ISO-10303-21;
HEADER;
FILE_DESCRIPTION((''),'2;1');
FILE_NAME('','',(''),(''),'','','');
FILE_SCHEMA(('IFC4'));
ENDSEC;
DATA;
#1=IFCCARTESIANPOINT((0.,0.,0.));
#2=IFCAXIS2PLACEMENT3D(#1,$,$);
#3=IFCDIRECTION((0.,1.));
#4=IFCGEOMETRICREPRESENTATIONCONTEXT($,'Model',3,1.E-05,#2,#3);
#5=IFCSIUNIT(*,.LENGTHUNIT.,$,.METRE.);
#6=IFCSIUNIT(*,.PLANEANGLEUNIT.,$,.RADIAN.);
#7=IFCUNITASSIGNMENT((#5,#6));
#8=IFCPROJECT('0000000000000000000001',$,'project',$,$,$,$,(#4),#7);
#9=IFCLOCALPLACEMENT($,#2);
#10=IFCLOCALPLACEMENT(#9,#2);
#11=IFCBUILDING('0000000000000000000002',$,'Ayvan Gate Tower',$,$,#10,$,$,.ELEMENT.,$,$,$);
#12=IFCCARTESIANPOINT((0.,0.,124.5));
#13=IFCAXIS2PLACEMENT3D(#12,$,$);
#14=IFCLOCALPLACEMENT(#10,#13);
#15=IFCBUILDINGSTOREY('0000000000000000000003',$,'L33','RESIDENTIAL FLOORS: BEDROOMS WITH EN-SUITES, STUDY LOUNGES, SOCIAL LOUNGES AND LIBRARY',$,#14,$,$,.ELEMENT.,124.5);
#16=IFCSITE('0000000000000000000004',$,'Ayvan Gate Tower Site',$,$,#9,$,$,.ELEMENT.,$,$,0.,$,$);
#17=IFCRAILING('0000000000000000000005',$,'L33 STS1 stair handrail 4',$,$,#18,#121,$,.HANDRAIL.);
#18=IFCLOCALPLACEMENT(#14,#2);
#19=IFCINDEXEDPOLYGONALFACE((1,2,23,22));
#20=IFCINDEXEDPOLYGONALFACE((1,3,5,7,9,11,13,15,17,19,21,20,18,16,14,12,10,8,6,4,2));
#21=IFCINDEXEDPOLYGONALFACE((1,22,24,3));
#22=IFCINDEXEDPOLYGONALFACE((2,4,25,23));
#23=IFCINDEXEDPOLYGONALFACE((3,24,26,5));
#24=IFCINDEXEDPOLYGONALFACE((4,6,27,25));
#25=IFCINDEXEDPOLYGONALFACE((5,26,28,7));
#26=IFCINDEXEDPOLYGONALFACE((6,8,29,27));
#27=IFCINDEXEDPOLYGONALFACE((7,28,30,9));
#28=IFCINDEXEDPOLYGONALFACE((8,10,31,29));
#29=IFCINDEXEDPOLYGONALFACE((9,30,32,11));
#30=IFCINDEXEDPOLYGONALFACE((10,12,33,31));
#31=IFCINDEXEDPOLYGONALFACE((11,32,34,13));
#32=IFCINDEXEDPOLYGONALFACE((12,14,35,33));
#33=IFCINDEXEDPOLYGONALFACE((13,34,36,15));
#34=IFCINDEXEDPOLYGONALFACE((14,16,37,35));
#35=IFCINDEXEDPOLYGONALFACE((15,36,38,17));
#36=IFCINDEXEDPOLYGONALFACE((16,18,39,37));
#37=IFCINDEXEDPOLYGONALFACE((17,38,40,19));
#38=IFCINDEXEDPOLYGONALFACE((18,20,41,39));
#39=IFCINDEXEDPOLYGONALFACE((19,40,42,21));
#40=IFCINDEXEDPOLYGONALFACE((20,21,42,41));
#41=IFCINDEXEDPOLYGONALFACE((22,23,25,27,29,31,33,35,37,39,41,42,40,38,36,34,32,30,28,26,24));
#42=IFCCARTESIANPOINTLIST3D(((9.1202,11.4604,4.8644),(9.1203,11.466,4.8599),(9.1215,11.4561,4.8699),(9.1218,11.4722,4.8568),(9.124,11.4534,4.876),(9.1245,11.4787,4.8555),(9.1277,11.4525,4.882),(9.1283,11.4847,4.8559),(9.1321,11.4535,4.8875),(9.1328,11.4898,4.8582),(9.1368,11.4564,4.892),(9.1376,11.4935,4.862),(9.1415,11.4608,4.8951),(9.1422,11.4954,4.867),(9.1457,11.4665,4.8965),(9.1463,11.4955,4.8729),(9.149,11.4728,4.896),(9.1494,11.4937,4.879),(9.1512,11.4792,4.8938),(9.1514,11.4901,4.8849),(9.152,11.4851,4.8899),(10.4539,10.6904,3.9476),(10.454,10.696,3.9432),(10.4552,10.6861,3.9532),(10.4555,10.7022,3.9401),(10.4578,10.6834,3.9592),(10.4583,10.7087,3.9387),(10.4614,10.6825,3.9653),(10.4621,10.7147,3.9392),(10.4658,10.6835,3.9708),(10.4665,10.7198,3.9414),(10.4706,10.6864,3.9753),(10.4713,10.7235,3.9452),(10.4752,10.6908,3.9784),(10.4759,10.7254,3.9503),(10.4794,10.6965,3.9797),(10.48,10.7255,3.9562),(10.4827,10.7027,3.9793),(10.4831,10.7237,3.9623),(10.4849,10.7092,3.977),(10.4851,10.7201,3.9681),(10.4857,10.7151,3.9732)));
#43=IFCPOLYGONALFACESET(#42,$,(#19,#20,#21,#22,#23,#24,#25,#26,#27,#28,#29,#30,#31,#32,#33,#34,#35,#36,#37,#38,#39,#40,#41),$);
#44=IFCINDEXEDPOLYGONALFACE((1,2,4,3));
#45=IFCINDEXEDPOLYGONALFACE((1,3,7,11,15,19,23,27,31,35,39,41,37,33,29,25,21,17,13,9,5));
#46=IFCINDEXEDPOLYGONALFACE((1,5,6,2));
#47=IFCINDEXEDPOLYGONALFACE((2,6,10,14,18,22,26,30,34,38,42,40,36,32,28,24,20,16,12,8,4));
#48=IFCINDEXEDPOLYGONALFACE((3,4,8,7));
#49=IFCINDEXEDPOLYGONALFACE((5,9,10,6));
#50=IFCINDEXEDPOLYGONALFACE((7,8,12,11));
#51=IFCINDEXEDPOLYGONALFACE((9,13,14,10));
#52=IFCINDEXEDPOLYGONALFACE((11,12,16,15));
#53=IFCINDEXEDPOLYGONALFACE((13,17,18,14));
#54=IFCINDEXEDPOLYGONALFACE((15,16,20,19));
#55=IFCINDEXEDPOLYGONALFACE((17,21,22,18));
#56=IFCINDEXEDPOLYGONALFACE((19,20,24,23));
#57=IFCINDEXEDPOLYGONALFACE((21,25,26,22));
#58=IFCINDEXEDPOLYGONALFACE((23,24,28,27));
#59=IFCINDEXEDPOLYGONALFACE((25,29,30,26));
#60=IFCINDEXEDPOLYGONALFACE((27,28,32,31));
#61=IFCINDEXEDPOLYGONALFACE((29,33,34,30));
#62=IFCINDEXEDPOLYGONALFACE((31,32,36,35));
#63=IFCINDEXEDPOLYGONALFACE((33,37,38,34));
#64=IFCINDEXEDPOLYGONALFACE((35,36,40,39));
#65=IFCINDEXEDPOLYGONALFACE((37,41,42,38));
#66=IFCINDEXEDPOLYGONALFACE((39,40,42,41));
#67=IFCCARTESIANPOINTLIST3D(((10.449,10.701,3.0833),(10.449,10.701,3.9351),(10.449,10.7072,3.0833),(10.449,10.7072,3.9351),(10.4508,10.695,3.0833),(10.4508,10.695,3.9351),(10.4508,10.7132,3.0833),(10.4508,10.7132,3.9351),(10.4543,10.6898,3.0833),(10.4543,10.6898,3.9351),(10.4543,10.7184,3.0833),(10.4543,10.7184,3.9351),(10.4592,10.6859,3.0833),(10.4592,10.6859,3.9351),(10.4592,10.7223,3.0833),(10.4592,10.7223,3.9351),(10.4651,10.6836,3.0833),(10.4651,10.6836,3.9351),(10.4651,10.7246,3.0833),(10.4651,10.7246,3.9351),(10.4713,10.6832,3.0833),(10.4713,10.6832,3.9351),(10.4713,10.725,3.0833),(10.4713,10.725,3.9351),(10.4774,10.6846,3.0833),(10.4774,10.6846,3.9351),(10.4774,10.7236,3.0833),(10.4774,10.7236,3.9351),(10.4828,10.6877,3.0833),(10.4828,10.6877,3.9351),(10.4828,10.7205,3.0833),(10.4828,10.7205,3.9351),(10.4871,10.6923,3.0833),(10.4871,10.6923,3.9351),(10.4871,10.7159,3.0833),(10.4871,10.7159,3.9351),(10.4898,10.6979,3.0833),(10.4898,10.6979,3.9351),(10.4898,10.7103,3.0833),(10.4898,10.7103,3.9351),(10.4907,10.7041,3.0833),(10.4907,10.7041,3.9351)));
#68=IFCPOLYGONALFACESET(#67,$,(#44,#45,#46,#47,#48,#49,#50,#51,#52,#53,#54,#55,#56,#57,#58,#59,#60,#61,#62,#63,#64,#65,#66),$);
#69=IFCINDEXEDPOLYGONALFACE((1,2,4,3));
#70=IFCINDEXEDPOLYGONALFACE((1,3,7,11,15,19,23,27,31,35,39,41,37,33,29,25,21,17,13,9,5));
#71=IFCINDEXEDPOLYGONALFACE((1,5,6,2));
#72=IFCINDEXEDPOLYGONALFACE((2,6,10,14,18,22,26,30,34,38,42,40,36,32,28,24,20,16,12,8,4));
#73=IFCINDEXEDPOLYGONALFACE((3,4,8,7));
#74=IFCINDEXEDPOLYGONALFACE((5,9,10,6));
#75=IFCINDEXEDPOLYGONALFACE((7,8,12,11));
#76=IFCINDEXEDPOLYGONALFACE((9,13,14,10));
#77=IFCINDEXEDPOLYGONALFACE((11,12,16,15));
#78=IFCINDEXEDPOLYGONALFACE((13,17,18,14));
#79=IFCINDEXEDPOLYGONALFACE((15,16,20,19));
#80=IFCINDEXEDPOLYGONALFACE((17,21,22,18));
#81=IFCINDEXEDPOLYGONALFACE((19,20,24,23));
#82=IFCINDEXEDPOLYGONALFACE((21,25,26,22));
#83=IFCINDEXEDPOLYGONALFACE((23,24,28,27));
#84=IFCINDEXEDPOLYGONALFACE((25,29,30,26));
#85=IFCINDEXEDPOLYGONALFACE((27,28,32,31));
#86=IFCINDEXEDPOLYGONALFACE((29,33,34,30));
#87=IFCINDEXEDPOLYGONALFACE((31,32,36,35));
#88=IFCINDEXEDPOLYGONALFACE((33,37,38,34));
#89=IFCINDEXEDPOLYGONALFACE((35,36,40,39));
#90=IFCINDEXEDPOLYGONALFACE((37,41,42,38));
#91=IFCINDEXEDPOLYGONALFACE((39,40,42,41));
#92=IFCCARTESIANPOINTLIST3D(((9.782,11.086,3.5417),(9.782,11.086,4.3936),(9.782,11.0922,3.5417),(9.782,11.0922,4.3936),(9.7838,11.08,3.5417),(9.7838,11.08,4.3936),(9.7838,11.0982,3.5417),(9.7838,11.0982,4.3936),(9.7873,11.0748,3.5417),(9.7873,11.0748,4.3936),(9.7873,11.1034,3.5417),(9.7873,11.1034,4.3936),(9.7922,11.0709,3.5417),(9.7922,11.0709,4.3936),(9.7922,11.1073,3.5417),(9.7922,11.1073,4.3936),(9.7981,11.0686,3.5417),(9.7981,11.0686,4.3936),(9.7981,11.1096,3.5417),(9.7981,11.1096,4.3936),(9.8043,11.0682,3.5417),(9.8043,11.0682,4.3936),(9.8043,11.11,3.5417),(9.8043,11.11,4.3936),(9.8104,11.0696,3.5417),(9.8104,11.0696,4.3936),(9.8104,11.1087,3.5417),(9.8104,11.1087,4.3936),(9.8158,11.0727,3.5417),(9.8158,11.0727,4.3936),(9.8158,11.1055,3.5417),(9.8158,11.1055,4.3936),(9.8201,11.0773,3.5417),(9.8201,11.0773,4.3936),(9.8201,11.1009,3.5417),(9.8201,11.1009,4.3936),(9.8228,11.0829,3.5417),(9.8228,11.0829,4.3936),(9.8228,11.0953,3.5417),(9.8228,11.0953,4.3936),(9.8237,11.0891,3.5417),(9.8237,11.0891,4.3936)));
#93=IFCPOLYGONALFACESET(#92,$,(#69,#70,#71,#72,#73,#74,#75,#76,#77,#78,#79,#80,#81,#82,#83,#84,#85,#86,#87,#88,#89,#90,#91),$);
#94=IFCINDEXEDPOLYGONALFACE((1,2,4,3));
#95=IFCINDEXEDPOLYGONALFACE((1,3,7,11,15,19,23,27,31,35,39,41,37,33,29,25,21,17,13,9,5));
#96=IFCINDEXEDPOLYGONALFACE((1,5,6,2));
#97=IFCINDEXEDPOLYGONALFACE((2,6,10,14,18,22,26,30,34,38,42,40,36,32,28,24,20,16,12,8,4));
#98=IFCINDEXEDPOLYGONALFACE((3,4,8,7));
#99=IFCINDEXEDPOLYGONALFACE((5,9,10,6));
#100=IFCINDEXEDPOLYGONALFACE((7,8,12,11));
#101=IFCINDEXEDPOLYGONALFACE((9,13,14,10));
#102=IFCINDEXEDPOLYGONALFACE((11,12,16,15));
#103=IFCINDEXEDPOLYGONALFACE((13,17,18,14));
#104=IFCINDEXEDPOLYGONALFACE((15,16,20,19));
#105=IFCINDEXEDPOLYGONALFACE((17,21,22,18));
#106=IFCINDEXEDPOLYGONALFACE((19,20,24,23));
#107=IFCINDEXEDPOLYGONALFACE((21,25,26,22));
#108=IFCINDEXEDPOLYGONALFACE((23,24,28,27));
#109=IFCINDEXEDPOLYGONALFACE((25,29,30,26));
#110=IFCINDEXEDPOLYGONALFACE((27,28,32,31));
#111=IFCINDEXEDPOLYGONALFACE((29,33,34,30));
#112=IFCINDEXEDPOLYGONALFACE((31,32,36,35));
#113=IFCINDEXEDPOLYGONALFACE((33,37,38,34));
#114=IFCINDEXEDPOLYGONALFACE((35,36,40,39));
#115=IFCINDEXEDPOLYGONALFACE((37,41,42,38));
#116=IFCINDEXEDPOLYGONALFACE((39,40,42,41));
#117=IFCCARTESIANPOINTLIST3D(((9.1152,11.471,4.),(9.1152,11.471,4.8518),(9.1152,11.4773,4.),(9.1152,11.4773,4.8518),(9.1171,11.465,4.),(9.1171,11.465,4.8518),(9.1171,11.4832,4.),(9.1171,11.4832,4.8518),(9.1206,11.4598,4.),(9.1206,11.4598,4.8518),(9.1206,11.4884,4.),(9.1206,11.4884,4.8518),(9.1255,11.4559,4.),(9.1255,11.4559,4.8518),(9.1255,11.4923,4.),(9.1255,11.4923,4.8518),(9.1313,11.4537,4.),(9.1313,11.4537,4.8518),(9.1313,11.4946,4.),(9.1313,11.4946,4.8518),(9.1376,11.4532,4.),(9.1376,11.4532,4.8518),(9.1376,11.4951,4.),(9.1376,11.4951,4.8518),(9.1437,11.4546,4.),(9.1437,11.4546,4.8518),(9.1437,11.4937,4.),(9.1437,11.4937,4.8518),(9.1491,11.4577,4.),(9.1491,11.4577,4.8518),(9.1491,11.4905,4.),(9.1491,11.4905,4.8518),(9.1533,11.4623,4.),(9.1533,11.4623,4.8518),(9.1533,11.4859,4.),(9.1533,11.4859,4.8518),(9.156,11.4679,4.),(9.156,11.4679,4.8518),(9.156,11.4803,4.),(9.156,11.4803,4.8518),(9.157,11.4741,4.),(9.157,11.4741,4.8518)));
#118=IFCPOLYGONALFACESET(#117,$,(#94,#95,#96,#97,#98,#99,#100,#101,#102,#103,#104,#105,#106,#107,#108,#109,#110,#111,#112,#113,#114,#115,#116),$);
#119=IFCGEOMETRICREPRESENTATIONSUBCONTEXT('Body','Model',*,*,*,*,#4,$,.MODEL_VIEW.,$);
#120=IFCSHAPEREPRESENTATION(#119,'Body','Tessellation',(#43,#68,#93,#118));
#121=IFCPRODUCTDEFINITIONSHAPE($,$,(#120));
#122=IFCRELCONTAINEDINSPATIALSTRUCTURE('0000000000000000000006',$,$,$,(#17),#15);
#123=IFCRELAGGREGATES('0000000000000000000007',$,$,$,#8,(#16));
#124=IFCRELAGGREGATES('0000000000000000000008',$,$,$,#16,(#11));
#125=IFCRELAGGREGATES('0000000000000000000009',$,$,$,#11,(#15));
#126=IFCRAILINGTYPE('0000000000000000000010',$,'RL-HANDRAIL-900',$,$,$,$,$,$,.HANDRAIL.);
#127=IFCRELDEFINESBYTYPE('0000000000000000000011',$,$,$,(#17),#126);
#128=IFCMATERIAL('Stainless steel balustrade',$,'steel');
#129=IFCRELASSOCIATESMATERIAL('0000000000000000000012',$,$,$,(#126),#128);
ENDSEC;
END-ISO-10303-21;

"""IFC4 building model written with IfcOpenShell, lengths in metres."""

from ifc_helpers import new_model, si_unit, direction, frame, origin, origin_2d, place, context, subcontext, project, spatial, circle, extrude, material, type_object, element, save


model = new_model("IFC4")

# Units and contexts
model_context = context("Model", 3, precision=1e-05, world=origin(), true_north=direction((0.0, 1.0)))
body_context = subcontext(model_context, "Body", "Model", "MODEL_VIEW")
ifc_project = project(units=[si_unit("LENGTHUNIT", "METRE"), si_unit("PLANEANGLEUNIT", "RADIAN")], contexts=[model_context])

# Site, building, storey
site_placement = place(None, origin())
site = spatial("IfcSite", under=ifc_project, at=site_placement, Name="Ayvan Gate Tower Site", CompositionType="ELEMENT", RefElevation=0.0)
building_placement = place(site_placement, origin())
building = spatial("IfcBuilding", under=site, at=building_placement, Name="Ayvan Gate Tower", CompositionType="ELEMENT")
storey_placement = place(building_placement, frame((0.0, 0.0, 124.5)))
storey = spatial("IfcBuildingStorey", under=building, at=storey_placement, Name="L33", Description="RESIDENTIAL FLOORS: BEDROOMS WITH EN-SUITES, STUDY LOUNGES, SOCIAL LOUNGES AND LIBRARY", CompositionType="ELEMENT", Elevation=124.5)

# Railing
ifc_material_1 = material(Name="Stainless steel balustrade", Category="steel")
railing_type_1 = type_object("IfcRailingType", Name="RL-HANDRAIL-900", PredefinedType="HANDRAIL", material=ifc_material_1)
railing_1_placement = place(storey_placement, frame((10.4697, 10.7041, 3.0833)))
element("IfcRailing", 1, at=railing_1_placement, inside=storey, type_object=railing_type_1, Name="L33 STS1 stair handrail 4", PredefinedType="HANDRAIL", context=body_context, shape_type="SweptSolid", body=[
    extrude(circle(Radius=0.0239, at=origin_2d()), frame((0.0, 0.0, 0.876), z_axis=(-0.744164, 0.429634, 0.511502), x_axis=(-0.499992, -0.86603, 0.0)), (0.0, 0.0, 1.0), 1.7922),
    extrude(circle(Radius=0.021, at=origin_2d()), origin(), (0.0, 0.0, 1.0), 0.8518),
    extrude(circle(Radius=0.021, at=origin_2d()), frame((-0.667, 0.385, 0.4585)), (0.0, 0.0, 1.0), 0.8518),
    extrude(circle(Radius=0.021, at=origin_2d()), frame((-1.3337, 0.77, 0.9167)), (0.0, 0.0, 1.0), 0.8518),
])

save(model, "model.ifc")
